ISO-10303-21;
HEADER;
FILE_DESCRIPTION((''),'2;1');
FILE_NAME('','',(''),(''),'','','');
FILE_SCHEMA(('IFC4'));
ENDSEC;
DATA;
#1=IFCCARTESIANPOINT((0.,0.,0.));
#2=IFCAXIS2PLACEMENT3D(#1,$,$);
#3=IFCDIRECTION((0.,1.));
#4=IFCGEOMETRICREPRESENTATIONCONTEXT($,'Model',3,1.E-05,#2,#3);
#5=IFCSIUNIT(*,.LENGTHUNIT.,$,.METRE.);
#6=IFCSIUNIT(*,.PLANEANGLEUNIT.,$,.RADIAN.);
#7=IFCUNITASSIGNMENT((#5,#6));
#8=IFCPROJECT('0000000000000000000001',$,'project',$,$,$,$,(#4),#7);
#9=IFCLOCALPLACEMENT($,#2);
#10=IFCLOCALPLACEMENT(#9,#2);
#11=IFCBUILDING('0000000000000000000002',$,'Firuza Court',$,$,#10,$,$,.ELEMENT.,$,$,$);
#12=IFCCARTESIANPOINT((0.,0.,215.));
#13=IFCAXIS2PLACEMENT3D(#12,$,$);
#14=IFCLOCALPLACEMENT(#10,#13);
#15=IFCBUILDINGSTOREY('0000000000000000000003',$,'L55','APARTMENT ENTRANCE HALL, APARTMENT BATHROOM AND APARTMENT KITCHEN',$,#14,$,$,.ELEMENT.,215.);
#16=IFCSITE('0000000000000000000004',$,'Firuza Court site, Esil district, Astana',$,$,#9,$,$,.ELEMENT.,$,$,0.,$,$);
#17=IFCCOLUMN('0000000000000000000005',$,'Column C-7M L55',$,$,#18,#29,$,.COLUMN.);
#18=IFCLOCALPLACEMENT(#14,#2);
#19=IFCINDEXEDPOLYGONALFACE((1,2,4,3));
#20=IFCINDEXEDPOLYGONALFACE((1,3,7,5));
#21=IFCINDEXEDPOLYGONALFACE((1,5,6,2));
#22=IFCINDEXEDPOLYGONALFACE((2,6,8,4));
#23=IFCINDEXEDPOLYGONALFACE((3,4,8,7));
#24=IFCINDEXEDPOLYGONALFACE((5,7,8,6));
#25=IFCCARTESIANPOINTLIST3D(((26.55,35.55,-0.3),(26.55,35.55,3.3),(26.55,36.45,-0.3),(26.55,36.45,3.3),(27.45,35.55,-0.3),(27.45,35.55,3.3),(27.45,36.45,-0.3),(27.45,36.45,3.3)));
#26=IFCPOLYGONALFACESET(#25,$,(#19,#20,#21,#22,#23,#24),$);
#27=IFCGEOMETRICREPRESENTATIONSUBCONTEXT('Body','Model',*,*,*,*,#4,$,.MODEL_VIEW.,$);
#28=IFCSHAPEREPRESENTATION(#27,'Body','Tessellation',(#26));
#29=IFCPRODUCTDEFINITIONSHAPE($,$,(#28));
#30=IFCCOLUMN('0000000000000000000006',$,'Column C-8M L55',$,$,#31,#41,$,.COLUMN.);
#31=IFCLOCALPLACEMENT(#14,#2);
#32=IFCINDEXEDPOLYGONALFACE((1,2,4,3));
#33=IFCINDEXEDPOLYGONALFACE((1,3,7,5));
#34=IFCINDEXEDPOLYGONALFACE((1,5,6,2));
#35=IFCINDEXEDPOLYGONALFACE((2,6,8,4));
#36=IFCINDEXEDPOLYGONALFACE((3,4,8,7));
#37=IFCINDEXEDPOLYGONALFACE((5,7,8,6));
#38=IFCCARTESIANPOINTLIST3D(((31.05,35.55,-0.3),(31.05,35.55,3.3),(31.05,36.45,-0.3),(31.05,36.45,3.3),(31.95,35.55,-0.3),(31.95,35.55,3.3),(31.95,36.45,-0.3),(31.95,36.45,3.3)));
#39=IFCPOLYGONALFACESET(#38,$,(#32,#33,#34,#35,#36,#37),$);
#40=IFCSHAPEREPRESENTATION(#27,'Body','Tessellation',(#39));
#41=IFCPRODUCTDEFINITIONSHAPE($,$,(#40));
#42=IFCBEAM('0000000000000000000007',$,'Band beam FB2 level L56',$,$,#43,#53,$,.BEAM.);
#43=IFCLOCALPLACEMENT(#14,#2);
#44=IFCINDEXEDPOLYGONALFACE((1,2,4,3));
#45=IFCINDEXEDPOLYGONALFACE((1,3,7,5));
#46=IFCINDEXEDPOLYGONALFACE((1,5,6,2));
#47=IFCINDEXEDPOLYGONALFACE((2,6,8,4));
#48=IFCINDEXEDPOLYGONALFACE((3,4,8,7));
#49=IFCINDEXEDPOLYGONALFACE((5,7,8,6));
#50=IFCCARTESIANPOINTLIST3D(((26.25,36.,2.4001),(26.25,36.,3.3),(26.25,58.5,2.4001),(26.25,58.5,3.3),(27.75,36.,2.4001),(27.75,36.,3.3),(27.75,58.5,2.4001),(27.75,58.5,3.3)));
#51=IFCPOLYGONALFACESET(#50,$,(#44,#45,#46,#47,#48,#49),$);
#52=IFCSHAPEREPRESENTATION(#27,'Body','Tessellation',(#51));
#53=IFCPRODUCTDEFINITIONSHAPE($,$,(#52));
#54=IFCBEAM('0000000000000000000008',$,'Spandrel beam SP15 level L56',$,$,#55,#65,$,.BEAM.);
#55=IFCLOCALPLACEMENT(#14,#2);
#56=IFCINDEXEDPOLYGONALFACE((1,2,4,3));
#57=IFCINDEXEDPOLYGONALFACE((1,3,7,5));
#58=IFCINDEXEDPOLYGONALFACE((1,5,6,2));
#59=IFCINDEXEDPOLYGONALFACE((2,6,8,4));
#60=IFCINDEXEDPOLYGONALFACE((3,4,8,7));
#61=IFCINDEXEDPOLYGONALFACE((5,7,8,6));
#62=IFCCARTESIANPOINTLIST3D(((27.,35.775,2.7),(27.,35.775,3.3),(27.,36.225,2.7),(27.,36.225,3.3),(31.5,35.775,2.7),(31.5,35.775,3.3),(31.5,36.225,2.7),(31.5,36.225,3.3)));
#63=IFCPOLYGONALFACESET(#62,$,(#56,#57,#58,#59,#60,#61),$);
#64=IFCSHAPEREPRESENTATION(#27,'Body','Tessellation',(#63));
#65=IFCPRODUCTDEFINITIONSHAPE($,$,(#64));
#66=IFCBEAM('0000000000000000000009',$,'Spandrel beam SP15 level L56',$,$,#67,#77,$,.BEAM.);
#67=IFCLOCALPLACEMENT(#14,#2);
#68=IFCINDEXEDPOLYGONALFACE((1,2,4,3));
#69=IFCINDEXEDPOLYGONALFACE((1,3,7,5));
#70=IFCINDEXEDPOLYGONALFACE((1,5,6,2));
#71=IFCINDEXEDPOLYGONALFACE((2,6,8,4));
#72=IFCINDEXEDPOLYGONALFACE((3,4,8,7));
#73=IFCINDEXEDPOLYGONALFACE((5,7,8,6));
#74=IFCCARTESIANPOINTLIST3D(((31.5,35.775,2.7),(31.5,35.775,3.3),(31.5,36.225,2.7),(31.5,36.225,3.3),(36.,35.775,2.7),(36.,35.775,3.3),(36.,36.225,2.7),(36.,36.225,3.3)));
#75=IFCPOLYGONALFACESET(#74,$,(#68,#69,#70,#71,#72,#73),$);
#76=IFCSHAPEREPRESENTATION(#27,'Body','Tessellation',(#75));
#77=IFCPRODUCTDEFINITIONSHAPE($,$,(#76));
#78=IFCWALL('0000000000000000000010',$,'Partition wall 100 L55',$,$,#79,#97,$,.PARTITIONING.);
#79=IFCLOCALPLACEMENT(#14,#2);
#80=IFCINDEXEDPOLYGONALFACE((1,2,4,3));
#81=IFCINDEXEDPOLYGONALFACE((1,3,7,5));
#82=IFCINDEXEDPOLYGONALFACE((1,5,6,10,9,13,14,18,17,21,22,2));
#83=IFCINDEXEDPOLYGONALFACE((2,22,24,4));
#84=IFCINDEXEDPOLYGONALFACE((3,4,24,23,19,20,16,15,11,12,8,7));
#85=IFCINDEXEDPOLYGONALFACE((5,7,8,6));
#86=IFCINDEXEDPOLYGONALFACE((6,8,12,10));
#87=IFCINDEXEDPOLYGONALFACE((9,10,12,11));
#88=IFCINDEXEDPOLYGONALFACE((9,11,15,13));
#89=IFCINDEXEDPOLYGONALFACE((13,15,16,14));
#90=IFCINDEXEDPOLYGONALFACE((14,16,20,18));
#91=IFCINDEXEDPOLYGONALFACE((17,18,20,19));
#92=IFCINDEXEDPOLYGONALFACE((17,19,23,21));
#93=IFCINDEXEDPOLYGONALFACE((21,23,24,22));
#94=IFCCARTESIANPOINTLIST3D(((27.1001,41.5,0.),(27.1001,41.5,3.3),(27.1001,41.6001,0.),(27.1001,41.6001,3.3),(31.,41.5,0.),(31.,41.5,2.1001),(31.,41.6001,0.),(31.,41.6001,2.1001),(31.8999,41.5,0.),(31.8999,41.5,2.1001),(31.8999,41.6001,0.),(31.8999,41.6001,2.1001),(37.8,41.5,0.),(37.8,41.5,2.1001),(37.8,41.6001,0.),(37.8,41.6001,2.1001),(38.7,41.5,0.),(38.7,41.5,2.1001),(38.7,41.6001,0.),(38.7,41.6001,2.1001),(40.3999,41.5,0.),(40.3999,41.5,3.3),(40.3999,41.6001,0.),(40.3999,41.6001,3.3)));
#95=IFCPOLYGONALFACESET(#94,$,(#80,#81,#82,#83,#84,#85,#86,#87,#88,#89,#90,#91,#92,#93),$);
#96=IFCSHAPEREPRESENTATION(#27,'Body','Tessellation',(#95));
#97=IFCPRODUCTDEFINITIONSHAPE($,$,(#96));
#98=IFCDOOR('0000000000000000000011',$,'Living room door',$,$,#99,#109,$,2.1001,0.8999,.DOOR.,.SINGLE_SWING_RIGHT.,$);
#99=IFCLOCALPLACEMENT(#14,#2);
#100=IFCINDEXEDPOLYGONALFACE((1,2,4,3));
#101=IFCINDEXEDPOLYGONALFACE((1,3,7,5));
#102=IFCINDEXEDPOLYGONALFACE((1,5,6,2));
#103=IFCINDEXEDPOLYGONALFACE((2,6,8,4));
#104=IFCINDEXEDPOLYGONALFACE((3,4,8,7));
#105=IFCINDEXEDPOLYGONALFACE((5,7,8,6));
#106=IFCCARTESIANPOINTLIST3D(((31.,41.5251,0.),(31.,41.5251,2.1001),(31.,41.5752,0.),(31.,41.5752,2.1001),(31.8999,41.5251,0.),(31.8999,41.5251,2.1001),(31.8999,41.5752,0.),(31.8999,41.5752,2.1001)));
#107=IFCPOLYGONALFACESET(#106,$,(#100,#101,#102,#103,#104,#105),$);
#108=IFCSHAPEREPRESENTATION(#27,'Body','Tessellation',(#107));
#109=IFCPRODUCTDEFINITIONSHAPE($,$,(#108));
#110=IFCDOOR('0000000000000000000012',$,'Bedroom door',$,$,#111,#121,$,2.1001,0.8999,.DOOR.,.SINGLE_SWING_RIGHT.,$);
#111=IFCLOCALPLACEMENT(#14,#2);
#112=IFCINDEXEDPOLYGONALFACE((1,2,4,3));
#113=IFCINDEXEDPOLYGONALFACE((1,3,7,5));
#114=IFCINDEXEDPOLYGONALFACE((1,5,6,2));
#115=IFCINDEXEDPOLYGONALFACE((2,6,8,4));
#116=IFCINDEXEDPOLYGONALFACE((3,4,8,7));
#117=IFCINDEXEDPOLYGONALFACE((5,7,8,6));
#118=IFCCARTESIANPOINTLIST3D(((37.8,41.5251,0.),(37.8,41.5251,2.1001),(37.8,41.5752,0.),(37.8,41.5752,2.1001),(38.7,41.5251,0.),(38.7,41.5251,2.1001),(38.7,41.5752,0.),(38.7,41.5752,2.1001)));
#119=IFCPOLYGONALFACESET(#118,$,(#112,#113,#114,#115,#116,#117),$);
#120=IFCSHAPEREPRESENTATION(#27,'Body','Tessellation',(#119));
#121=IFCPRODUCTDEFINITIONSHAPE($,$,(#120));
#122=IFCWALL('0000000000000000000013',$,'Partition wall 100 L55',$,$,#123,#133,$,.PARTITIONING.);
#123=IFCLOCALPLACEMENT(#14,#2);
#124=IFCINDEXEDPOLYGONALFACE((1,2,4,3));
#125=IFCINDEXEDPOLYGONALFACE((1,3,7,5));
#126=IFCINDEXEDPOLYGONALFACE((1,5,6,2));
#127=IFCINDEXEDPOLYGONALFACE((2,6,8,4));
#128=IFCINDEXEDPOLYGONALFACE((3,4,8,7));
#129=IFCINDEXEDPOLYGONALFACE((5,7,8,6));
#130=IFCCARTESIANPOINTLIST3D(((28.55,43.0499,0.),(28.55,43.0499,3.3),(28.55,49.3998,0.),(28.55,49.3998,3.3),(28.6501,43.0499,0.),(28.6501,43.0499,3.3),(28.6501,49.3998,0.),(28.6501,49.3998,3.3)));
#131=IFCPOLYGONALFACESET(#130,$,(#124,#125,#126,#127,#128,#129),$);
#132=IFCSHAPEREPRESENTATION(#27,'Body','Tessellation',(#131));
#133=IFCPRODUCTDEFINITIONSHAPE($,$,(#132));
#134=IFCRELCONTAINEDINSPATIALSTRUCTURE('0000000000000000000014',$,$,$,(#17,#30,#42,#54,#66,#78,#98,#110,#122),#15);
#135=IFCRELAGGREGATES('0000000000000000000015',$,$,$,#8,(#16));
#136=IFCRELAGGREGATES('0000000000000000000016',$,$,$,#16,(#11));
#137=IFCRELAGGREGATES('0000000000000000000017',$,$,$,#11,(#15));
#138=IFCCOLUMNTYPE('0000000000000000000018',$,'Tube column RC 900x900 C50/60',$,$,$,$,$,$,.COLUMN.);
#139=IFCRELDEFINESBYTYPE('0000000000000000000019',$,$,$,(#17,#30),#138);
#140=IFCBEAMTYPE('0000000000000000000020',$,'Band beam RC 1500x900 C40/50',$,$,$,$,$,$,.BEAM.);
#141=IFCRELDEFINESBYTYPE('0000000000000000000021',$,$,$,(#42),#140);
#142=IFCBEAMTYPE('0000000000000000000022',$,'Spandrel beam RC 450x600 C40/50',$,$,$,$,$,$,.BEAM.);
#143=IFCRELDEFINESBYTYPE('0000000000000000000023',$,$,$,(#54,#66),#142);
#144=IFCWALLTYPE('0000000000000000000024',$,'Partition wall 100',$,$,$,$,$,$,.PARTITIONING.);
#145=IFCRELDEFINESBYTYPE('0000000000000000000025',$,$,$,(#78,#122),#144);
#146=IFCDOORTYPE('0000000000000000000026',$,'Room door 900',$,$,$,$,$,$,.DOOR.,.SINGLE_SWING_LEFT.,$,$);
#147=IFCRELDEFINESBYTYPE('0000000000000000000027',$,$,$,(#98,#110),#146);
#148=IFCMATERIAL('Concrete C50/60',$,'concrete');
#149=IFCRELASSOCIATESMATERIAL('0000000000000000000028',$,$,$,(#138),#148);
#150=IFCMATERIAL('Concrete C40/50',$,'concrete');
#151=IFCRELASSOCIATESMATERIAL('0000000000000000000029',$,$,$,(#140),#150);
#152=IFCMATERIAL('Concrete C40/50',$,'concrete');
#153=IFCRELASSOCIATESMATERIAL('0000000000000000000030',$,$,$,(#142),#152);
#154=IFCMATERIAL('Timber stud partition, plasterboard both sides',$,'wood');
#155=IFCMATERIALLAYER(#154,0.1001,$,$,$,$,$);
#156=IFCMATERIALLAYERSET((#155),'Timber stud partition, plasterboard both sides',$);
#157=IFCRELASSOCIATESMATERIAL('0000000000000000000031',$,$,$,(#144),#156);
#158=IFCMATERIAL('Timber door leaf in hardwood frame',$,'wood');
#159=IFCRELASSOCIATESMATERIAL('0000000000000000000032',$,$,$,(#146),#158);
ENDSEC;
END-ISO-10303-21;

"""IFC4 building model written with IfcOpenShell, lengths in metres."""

from ifc_helpers import new_model, si_unit, direction, frame, frame_2d, origin, origin_2d, place, context, subcontext, project, spatial, rectangle, extrude, material, layer, layer_set, material_profile, profile_set, type_object, element, fill, save


model = new_model("IFC4")

# Units and contexts
model_context = context("Model", 3, precision=1e-05, world=origin(), true_north=direction((0.0, 1.0)))
body_context = subcontext(model_context, "Body", "Model", "MODEL_VIEW")
ifc_project = project(units=[si_unit("LENGTHUNIT", "METRE"), si_unit("PLANEANGLEUNIT", "RADIAN")], contexts=[model_context])

# Site, building, storey
site_placement = place(None, origin())
site = spatial("IfcSite", under=ifc_project, at=site_placement, Name="Firuza Court site, Esil district, Astana", CompositionType="ELEMENT", RefElevation=0.0)
building_placement = place(site_placement, origin())
building = spatial("IfcBuilding", under=site, at=building_placement, Name="Firuza Court", CompositionType="ELEMENT")
storey_placement = place(building_placement, frame((0.0, 0.0, 215.0)))
storey = spatial("IfcBuildingStorey", under=building, at=storey_placement, Name="L55", Description="APARTMENT ENTRANCE HALL, APARTMENT BATHROOM AND APARTMENT KITCHEN", CompositionType="ELEMENT", Elevation=215.0)

# Columns
ifc_material_1 = material(Name="Concrete C50/60", Category="concrete")
ifc_material_profile_1 = material_profile(ifc_material_1, rectangle(XDim=0.8999, YDim=0.8999, at=origin_2d()), Name="RC 900x900")
ifc_profile_set_1 = profile_set([ifc_material_profile_1], Name="Concrete C50/60")
column_type = type_object("IfcColumnType", Name="Tube column RC 900x900 C50/60", PredefinedType="COLUMN", material=ifc_profile_set_1)
for number, where, z_axis, x_axis, name in (
    (1, (27.0, 36.0, -0.3), (0.0, 0.0, 1.0), (1.0, 0.0, 0.0), "Column C-7M L55"),
    (2, (31.5, 36.0, -0.3), (0.0, 0.0, 1.0), (1.0, 0.0, 0.0), "Column C-8M L55"),
):
    element("IfcColumn", number, at=place(storey_placement, frame(where, z_axis=z_axis, x_axis=x_axis)), inside=storey, type_object=column_type, Name=name, PredefinedType="COLUMN", context=body_context, shape_type="SweptSolid", body=[
        extrude(rectangle(XDim=0.8999, YDim=0.8999, at=origin_2d()), origin(), (0.0, 0.0, 1.0), 3.6001),
    ])

# Beams
ifc_material_2 = material(Name="Concrete C40/50", Category="concrete")
ifc_material_profile_2 = material_profile(ifc_material_2, rectangle(XDim=1.5, YDim=0.8999, at=origin_2d()), Name="RC 1500x900")
ifc_profile_set_2 = profile_set([ifc_material_profile_2], Name="Concrete C40/50")
beam_type_1 = type_object("IfcBeamType", Name="Band beam RC 1500x900 C40/50", PredefinedType="BEAM", material=ifc_profile_set_2)
beam_placement = place(storey_placement, frame((27.0, 36.0, 2.8501), z_axis=(0.0, 1.0, 0.0), x_axis=(-1.0, 0.0, 0.0)))
element("IfcBeam", 3, at=beam_placement, inside=storey, type_object=beam_type_1, Name="Band beam FB2 level L56", PredefinedType="BEAM", context=body_context, shape_type="SweptSolid", body=[
    extrude(rectangle(XDim=1.5, YDim=0.8999, at=origin_2d()), origin(), (0.0, 0.0, 1.0), 22.5),
])
ifc_material_3 = material(Name="Concrete C40/50", Category="concrete")
ifc_material_profile_3 = material_profile(ifc_material_3, rectangle(XDim=0.45, YDim=0.6001, at=origin_2d()), Name="RC 450x600")
ifc_profile_set_3 = profile_set([ifc_material_profile_3], Name="Concrete C40/50")
beam_type_2 = type_object("IfcBeamType", Name="Spandrel beam RC 450x600 C40/50", PredefinedType="BEAM", material=ifc_profile_set_3)
for number, where, z_axis, x_axis, name in (
    (4, (27.0, 36.0, 3.0), (1.0, 0.0, 0.0), (0.0, 1.0, 0.0), "Spandrel beam SP15 level L56"),
    (5, (31.5, 36.0, 3.0), (1.0, 0.0, 0.0), (0.0, 1.0, 0.0), "Spandrel beam SP15 level L56"),
):
    element("IfcBeam", number, at=place(storey_placement, frame(where, z_axis=z_axis, x_axis=x_axis)), inside=storey, type_object=beam_type_2, Name=name, PredefinedType="BEAM", context=body_context, shape_type="SweptSolid", body=[
        extrude(rectangle(XDim=0.45, YDim=0.6001, at=origin_2d()), origin(), (0.0, 0.0, 1.0), 4.5),
    ])

# Wall, openings, doors
ifc_material_4 = material(Name="Timber stud partition, plasterboard both sides", Category="wood")
ifc_layer_1 = layer(ifc_material_4, 0.1001)
ifc_layer_set_1 = layer_set([ifc_layer_1], Name="Timber stud partition, plasterboard both sides")
wall_type_1 = type_object("IfcWallType", Name="Partition wall 100", PredefinedType="PARTITIONING", material=ifc_layer_set_1)
wall_1_placement = place(storey_placement, frame((27.1001, 41.55, 0.0), z_axis=(0.0, 0.0, 1.0), x_axis=(1.0, 0.0, 0.0)))
wall_1 = element("IfcWall", 6, at=wall_1_placement, inside=storey, type_object=wall_type_1, Name="Partition wall 100 L55", PredefinedType="PARTITIONING", context=body_context, shape_type="SweptSolid", body=[
    extrude(rectangle(XDim=13.2998, YDim=0.1001, at=frame_2d((6.6499, 0.0))), origin(), (0.0, 0.0, 1.0), 3.3),
])
opening_1_placement = place(wall_1_placement, frame((3.8999, 0.0, 0.0)))
opening_1 = element("IfcOpeningElement", 7, at=opening_1_placement, cuts=wall_1, PredefinedType="OPENING", context=body_context, shape_type="SweptSolid", body=[
    extrude(rectangle(XDim=0.8999, YDim=2.1001, at=frame_2d((0.45, 1.05))), frame((0.0, 0.062, 0.0), z_axis=(0.0, -1.0, 0.0), x_axis=(1.0, 0.0, 0.0)), (0.0, 0.0, 1.0), 0.124),
])
opening_2_placement = place(wall_1_placement, frame((10.7, 0.0, 0.0)))
opening_2 = element("IfcOpeningElement", 8, at=opening_2_placement, cuts=wall_1, PredefinedType="OPENING", context=body_context, shape_type="SweptSolid", body=[
    extrude(rectangle(XDim=0.8999, YDim=2.1001, at=frame_2d((0.45, 1.05))), frame((0.0, 0.062, 0.0), z_axis=(0.0, -1.0, 0.0), x_axis=(1.0, 0.0, 0.0)), (0.0, 0.0, 1.0), 0.124),
])
ifc_material_5 = material(Name="Timber door leaf in hardwood frame", Category="wood")
door_type_1 = type_object("IfcDoorType", Name="Room door 900", OperationType="SINGLE_SWING_LEFT", PredefinedType="DOOR", material=ifc_material_5)
door_1_placement = place(opening_1_placement, frame((0.8999, 0.0, 0.0), z_axis=(0.0, 0.0, 1.0), x_axis=(-1.0, 0.0, 0.0)))
door_1 = element("IfcDoor", 9, at=door_1_placement, inside=storey, type_object=door_type_1, Name="Living room door", OperationType="SINGLE_SWING_RIGHT", OverallHeight=2.1001, OverallWidth=0.8999, PredefinedType="DOOR", context=body_context, shape_type="SweptSolid", body=[
    extrude(rectangle(XDim=0.8999, YDim=2.1001, at=frame_2d((0.45, 1.05))), frame((0.0, 0.0249, 0.0), z_axis=(0.0, -1.0, 0.0), x_axis=(1.0, 0.0, 0.0)), (0.0, 0.0, 1.0), 0.05),
])
fill(opening_1, door_1)
door_2_placement = place(opening_2_placement, frame((0.8999, 0.0, 0.0), z_axis=(0.0, 0.0, 1.0), x_axis=(-1.0, 0.0, 0.0)))
door_2 = element("IfcDoor", 10, at=door_2_placement, inside=storey, type_object=door_type_1, Name="Bedroom door", OperationType="SINGLE_SWING_RIGHT", OverallHeight=2.1001, OverallWidth=0.8999, PredefinedType="DOOR", context=body_context, shape_type="SweptSolid", body=[
    extrude(rectangle(XDim=0.8999, YDim=2.1001, at=frame_2d((0.45, 1.05))), frame((0.0, 0.0249, 0.0), z_axis=(0.0, -1.0, 0.0), x_axis=(1.0, 0.0, 0.0)), (0.0, 0.0, 1.0), 0.05),
])
fill(opening_2, door_2)

# Wall
wall_2_placement = place(storey_placement, frame((28.6001, 43.05, 0.0), z_axis=(0.0, 0.0, 1.0), x_axis=(0.0, 1.0, 0.0)))
element("IfcWall", 11, at=wall_2_placement, inside=storey, type_object=wall_type_1, Name="Partition wall 100 L55", PredefinedType="PARTITIONING", context=body_context, shape_type="SweptSolid", body=[
    extrude(rectangle(XDim=6.3499, YDim=0.1001, at=frame_2d((3.1748, 0.0))), origin(), (0.0, 0.0, 1.0), 3.3),
])

save(model, "model.ifc")
